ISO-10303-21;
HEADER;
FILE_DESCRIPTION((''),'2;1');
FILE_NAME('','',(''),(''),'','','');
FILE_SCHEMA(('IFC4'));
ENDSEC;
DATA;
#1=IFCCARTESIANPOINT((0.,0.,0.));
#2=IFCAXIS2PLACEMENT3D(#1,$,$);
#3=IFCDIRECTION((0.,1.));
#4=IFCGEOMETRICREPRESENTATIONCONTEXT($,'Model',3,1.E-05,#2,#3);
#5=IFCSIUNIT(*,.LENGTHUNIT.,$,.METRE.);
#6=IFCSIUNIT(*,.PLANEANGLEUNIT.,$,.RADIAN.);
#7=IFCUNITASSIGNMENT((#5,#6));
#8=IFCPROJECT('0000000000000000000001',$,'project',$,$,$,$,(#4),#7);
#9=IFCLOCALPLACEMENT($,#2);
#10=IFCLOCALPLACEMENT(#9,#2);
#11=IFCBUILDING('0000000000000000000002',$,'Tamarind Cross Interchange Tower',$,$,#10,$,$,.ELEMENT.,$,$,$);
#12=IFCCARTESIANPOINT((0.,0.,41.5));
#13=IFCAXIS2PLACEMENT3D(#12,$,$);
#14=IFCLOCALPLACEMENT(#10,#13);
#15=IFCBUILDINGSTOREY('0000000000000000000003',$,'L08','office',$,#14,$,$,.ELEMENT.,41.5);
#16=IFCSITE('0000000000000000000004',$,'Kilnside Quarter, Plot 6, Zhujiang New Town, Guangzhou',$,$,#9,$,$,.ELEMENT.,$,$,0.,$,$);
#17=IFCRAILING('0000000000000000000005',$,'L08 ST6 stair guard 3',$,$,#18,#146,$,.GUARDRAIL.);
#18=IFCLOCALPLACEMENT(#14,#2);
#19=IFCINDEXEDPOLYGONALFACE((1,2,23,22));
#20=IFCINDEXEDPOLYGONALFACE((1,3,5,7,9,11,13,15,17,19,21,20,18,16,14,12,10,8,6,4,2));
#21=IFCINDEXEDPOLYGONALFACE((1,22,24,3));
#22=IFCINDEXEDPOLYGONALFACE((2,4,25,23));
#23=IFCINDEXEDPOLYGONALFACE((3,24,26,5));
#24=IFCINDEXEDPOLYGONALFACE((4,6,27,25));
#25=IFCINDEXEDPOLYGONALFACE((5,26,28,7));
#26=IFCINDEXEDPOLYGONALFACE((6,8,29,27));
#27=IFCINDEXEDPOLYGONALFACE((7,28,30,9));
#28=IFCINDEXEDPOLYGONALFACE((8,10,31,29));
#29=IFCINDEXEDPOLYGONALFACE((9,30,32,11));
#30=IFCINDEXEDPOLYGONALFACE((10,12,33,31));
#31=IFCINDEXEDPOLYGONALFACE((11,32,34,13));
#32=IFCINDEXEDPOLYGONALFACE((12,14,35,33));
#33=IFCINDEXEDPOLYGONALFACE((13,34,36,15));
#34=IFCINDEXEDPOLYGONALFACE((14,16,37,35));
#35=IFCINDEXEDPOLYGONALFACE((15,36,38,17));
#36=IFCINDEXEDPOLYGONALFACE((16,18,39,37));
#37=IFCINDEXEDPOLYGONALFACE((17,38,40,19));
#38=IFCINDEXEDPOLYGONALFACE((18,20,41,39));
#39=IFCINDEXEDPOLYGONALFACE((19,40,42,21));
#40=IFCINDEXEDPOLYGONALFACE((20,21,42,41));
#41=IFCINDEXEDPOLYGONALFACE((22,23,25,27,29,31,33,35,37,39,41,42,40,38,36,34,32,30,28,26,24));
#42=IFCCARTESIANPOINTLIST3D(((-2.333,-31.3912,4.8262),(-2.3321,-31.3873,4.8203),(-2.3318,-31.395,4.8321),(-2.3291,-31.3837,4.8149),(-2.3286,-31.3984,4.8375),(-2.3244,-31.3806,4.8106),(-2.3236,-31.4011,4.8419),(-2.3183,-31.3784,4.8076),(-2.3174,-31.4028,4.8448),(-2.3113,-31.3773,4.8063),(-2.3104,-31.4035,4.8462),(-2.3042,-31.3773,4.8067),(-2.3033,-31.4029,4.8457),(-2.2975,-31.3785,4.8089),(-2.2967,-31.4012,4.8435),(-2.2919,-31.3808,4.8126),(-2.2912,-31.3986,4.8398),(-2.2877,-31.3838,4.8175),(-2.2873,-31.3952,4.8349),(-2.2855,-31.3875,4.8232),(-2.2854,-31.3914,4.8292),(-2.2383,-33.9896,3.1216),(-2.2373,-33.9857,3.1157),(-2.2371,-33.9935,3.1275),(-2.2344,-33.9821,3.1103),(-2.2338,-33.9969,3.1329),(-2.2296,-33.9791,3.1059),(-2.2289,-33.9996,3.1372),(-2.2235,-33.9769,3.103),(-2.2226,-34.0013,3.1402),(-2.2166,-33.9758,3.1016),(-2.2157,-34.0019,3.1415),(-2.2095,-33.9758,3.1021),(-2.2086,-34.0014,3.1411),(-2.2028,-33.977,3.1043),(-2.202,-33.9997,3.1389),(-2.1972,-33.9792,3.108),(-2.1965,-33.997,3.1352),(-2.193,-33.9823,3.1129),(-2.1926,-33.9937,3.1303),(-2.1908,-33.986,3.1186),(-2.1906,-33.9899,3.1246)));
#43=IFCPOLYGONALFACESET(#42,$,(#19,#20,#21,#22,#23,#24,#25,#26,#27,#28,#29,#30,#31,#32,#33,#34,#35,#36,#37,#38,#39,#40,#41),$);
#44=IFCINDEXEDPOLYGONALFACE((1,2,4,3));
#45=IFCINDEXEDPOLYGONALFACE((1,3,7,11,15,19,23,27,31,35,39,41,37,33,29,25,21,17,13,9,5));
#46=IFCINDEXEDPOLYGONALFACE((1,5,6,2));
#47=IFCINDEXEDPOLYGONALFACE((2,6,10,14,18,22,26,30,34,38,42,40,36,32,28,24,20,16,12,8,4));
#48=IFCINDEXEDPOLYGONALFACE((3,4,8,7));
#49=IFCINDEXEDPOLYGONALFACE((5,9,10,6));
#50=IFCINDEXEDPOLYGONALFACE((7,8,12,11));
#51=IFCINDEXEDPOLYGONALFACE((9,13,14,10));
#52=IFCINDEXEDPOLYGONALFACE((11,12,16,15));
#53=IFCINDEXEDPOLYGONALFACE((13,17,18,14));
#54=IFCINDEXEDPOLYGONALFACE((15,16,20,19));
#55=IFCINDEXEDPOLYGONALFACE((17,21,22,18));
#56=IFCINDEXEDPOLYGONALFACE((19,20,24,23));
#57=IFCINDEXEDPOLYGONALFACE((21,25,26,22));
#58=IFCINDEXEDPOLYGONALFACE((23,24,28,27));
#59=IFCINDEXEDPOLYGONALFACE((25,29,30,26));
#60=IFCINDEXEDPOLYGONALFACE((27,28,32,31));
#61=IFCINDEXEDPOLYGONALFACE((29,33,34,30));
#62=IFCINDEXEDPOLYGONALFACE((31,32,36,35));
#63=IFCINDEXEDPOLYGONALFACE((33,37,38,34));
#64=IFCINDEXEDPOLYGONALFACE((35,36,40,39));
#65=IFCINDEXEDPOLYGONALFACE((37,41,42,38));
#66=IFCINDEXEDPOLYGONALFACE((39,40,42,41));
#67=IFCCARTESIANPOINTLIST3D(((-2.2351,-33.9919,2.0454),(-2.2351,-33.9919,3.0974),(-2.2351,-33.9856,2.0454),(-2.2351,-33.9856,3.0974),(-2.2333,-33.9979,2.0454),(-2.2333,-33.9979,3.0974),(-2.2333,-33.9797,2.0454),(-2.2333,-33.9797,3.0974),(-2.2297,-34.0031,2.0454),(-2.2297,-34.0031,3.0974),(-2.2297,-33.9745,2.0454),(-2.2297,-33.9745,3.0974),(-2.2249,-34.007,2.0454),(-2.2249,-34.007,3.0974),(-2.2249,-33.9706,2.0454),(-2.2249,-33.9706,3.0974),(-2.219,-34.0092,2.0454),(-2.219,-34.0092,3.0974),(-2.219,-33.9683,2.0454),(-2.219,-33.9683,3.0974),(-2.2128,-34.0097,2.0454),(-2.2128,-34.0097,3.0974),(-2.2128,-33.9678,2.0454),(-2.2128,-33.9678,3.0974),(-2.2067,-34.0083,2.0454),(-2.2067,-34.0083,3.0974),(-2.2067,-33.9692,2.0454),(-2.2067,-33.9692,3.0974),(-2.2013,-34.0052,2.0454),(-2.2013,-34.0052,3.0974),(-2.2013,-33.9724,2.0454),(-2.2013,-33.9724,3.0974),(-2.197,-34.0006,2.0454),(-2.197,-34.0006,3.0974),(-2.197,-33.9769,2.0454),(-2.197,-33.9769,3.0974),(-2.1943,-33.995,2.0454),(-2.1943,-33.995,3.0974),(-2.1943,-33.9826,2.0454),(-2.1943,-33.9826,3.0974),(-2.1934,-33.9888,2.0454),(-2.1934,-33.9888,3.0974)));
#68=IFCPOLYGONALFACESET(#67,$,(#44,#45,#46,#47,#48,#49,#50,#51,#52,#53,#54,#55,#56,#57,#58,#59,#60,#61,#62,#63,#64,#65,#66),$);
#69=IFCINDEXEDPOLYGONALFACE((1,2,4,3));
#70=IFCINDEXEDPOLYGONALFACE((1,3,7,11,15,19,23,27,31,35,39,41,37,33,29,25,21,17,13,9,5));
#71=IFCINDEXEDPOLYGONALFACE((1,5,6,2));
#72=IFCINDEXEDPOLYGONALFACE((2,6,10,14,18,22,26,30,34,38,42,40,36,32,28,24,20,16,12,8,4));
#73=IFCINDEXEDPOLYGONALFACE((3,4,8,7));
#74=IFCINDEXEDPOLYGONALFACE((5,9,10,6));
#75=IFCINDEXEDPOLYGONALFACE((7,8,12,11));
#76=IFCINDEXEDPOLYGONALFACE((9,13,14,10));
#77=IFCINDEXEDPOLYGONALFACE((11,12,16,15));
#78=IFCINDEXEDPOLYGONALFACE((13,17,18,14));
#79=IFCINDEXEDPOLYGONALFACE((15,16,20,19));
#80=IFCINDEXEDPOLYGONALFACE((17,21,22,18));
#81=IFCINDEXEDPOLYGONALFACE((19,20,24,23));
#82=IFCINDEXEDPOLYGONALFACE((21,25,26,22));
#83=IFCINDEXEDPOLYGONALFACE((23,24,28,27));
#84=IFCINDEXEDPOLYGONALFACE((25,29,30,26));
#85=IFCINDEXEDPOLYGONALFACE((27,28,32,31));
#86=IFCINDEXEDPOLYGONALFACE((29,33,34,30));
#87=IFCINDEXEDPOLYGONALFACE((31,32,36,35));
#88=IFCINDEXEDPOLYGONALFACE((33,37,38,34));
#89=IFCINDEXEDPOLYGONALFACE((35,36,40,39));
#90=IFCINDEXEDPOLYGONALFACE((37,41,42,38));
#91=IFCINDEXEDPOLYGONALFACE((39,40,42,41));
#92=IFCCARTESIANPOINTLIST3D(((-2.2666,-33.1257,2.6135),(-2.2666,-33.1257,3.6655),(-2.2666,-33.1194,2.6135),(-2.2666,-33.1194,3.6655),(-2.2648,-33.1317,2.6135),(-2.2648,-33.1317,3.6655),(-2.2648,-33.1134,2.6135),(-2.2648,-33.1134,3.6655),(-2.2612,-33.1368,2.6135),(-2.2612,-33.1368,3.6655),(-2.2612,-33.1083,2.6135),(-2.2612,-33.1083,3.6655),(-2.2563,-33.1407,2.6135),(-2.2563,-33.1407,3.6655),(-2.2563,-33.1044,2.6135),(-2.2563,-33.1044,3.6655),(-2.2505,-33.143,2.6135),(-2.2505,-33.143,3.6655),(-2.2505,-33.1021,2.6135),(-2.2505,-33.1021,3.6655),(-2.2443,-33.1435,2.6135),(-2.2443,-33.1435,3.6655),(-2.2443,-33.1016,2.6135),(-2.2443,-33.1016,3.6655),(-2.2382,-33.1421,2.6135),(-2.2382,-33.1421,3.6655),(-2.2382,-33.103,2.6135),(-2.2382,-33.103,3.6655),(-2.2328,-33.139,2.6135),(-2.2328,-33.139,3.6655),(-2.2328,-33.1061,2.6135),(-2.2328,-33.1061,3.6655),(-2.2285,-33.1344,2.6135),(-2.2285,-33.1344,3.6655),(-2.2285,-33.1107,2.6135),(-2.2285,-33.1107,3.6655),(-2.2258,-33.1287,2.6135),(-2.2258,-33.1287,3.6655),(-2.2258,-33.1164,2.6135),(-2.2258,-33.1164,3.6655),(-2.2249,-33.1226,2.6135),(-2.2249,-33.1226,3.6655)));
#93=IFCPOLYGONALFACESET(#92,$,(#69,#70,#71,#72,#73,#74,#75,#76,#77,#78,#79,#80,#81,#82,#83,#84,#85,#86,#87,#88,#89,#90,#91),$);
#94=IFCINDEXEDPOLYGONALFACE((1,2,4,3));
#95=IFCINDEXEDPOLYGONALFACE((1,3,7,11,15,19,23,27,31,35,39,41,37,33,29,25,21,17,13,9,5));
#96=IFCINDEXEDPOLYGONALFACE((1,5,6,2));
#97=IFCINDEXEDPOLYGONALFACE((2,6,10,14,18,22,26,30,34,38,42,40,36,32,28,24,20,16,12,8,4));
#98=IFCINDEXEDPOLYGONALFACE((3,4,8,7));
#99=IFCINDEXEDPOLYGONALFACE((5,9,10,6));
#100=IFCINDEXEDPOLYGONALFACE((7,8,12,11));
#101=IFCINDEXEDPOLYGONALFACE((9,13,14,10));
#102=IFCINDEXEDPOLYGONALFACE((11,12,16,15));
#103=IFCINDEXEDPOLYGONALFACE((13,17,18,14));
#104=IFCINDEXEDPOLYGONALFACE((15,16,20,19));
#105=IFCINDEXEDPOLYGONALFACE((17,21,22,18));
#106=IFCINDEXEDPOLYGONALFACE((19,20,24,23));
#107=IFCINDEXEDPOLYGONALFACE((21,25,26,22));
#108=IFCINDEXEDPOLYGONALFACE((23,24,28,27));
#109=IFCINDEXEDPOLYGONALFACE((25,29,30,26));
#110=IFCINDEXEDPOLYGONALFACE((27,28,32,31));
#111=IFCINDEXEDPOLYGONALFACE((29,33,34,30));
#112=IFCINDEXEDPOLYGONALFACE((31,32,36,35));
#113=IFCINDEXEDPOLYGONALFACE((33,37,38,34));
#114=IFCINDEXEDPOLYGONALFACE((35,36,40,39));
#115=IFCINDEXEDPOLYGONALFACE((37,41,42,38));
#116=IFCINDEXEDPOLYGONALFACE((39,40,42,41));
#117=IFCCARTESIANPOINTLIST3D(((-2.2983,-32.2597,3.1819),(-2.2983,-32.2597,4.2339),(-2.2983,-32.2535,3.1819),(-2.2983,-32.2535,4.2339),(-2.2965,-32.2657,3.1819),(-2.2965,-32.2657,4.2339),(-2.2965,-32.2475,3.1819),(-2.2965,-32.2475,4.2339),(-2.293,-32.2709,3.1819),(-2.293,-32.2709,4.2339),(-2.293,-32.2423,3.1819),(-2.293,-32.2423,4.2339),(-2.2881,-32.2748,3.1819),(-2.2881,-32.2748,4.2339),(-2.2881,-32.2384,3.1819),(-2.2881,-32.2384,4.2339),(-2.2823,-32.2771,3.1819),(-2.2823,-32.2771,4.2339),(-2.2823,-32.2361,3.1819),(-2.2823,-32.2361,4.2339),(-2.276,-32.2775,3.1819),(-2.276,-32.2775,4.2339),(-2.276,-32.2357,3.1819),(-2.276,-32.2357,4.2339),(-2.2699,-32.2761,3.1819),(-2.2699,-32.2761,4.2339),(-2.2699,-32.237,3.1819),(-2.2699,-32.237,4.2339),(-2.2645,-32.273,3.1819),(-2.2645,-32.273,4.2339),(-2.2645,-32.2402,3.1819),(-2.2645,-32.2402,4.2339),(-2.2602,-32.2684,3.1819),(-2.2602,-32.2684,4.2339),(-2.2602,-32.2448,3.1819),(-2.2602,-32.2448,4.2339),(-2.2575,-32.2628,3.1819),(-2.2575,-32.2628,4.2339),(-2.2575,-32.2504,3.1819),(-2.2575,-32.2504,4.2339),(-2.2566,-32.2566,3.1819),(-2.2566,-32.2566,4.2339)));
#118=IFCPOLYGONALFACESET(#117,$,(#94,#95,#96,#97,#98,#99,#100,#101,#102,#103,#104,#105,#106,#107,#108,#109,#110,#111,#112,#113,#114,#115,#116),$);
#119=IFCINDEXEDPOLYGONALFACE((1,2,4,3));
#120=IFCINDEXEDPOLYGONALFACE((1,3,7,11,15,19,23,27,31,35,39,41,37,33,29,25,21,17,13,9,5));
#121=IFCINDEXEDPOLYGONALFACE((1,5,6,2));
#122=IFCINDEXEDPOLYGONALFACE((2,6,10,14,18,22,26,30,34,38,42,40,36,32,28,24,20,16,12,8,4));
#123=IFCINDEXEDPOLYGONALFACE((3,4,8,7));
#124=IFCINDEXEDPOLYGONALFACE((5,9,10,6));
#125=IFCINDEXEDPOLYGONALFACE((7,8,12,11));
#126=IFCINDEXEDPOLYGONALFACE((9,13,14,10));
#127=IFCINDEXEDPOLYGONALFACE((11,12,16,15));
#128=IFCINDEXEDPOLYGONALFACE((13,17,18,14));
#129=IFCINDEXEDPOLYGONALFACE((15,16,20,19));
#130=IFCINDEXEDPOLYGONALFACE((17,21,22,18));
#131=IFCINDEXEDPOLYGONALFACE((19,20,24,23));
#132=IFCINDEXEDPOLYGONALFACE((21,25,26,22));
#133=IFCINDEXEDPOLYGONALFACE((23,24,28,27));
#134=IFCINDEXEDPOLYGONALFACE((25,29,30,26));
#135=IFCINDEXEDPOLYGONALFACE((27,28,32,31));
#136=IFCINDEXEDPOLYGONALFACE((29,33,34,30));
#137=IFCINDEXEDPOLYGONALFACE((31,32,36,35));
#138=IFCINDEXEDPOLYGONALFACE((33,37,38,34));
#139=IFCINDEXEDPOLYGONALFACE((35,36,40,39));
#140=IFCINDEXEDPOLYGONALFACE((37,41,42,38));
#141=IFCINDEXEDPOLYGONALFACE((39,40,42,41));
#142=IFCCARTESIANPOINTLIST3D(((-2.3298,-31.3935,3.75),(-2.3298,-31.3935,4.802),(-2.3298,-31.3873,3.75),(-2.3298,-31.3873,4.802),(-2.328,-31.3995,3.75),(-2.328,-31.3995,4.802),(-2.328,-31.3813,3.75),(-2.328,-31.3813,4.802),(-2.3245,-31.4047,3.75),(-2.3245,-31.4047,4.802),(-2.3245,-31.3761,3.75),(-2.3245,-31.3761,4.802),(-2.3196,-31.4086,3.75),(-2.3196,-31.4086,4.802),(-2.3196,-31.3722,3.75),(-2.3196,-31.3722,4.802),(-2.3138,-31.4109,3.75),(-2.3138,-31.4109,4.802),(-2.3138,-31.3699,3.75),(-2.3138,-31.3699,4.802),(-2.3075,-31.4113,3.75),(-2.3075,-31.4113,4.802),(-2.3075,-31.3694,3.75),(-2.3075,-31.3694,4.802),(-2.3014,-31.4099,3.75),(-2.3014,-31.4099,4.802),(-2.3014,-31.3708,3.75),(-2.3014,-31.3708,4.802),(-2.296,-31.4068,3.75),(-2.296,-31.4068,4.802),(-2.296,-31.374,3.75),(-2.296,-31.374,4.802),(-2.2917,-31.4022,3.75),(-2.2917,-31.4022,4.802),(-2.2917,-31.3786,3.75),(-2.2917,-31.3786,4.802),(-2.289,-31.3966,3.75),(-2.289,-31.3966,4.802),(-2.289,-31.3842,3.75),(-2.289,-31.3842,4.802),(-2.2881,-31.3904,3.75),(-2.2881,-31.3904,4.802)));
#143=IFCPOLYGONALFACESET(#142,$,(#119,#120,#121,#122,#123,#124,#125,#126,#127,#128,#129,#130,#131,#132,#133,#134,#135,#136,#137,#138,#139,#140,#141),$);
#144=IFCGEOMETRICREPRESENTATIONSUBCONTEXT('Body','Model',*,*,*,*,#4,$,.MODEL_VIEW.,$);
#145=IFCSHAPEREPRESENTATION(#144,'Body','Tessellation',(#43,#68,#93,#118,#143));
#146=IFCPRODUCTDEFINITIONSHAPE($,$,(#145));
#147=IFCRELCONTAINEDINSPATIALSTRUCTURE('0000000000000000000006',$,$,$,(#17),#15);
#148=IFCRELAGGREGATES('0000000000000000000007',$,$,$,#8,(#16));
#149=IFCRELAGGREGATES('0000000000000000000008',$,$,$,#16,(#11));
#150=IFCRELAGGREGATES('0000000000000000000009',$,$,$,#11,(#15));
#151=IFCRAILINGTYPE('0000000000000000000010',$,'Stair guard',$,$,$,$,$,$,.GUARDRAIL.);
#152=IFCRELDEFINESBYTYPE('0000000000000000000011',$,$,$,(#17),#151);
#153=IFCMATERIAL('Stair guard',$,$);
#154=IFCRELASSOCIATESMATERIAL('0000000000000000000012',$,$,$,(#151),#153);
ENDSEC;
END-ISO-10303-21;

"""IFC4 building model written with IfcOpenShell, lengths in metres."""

from ifc_helpers import new_model, si_unit, direction, frame, origin, origin_2d, place, context, subcontext, project, spatial, circle, extrude, material, type_object, element, save


model = new_model("IFC4")

# Units and contexts
model_context = context("Model", 3, precision=1e-05, world=origin(), true_north=direction((0.0, 1.0)))
body_context = subcontext(model_context, "Body", "Model", "MODEL_VIEW")
ifc_project = project(units=[si_unit("LENGTHUNIT", "METRE"), si_unit("PLANEANGLEUNIT", "RADIAN")], contexts=[model_context])

# Site, building, storey
site_placement = place(None, origin())
site = spatial("IfcSite", under=ifc_project, at=site_placement, Name="Kilnside Quarter, Plot 6, Zhujiang New Town, Guangzhou", CompositionType="ELEMENT", RefElevation=0.0)
building_placement = place(site_placement, origin())
building = spatial("IfcBuilding", under=site, at=building_placement, Name="Tamarind Cross Interchange Tower", CompositionType="ELEMENT")
storey_placement = place(building_placement, frame((0.0, 0.0, 41.5)))
storey = spatial("IfcBuildingStorey", under=building, at=storey_placement, Name="L08", Description="office", CompositionType="ELEMENT", Elevation=41.5)

# Railing
ifc_material_1 = material(Name="Stair guard")
railing_type_1 = type_object("IfcRailingType", Name="Stair guard", PredefinedType="GUARDRAIL", material=ifc_material_1)
railing_1_placement = place(storey_placement, frame((-2.2144, -33.9888, 2.0454)))
element("IfcRailing", 1, at=railing_1_placement, inside=storey, type_object=railing_type_1, Name="L08 ST6 stair guard 3", PredefinedType="GUARDRAIL", context=body_context, shape_type="SweptSolid", body=[
    extrude(circle(Radius=0.0239, at=origin_2d()), frame((0.0, 0.0, 1.0762), z_axis=(-0.030468, 0.835749, 0.548266), x_axis=(-0.999336, -0.036432, 0.0)), (0.0, 0.0, 1.0), 3.1091),
    extrude(circle(Radius=0.021, at=origin_2d()), origin(), (0.0, 0.0, 1.0), 1.052),
    extrude(circle(Radius=0.021, at=origin_2d()), frame((-0.0315, 0.8662, 0.5681)), (0.0, 0.0, 1.0), 1.052),
    extrude(circle(Radius=0.021, at=origin_2d()), frame((-0.0632, 1.7322, 1.1365)), (0.0, 0.0, 1.0), 1.052),
    extrude(circle(Radius=0.021, at=origin_2d()), frame((-0.0947, 2.5984, 1.7046)), (0.0, 0.0, 1.0), 1.052),
])

save(model, "model.ifc")
